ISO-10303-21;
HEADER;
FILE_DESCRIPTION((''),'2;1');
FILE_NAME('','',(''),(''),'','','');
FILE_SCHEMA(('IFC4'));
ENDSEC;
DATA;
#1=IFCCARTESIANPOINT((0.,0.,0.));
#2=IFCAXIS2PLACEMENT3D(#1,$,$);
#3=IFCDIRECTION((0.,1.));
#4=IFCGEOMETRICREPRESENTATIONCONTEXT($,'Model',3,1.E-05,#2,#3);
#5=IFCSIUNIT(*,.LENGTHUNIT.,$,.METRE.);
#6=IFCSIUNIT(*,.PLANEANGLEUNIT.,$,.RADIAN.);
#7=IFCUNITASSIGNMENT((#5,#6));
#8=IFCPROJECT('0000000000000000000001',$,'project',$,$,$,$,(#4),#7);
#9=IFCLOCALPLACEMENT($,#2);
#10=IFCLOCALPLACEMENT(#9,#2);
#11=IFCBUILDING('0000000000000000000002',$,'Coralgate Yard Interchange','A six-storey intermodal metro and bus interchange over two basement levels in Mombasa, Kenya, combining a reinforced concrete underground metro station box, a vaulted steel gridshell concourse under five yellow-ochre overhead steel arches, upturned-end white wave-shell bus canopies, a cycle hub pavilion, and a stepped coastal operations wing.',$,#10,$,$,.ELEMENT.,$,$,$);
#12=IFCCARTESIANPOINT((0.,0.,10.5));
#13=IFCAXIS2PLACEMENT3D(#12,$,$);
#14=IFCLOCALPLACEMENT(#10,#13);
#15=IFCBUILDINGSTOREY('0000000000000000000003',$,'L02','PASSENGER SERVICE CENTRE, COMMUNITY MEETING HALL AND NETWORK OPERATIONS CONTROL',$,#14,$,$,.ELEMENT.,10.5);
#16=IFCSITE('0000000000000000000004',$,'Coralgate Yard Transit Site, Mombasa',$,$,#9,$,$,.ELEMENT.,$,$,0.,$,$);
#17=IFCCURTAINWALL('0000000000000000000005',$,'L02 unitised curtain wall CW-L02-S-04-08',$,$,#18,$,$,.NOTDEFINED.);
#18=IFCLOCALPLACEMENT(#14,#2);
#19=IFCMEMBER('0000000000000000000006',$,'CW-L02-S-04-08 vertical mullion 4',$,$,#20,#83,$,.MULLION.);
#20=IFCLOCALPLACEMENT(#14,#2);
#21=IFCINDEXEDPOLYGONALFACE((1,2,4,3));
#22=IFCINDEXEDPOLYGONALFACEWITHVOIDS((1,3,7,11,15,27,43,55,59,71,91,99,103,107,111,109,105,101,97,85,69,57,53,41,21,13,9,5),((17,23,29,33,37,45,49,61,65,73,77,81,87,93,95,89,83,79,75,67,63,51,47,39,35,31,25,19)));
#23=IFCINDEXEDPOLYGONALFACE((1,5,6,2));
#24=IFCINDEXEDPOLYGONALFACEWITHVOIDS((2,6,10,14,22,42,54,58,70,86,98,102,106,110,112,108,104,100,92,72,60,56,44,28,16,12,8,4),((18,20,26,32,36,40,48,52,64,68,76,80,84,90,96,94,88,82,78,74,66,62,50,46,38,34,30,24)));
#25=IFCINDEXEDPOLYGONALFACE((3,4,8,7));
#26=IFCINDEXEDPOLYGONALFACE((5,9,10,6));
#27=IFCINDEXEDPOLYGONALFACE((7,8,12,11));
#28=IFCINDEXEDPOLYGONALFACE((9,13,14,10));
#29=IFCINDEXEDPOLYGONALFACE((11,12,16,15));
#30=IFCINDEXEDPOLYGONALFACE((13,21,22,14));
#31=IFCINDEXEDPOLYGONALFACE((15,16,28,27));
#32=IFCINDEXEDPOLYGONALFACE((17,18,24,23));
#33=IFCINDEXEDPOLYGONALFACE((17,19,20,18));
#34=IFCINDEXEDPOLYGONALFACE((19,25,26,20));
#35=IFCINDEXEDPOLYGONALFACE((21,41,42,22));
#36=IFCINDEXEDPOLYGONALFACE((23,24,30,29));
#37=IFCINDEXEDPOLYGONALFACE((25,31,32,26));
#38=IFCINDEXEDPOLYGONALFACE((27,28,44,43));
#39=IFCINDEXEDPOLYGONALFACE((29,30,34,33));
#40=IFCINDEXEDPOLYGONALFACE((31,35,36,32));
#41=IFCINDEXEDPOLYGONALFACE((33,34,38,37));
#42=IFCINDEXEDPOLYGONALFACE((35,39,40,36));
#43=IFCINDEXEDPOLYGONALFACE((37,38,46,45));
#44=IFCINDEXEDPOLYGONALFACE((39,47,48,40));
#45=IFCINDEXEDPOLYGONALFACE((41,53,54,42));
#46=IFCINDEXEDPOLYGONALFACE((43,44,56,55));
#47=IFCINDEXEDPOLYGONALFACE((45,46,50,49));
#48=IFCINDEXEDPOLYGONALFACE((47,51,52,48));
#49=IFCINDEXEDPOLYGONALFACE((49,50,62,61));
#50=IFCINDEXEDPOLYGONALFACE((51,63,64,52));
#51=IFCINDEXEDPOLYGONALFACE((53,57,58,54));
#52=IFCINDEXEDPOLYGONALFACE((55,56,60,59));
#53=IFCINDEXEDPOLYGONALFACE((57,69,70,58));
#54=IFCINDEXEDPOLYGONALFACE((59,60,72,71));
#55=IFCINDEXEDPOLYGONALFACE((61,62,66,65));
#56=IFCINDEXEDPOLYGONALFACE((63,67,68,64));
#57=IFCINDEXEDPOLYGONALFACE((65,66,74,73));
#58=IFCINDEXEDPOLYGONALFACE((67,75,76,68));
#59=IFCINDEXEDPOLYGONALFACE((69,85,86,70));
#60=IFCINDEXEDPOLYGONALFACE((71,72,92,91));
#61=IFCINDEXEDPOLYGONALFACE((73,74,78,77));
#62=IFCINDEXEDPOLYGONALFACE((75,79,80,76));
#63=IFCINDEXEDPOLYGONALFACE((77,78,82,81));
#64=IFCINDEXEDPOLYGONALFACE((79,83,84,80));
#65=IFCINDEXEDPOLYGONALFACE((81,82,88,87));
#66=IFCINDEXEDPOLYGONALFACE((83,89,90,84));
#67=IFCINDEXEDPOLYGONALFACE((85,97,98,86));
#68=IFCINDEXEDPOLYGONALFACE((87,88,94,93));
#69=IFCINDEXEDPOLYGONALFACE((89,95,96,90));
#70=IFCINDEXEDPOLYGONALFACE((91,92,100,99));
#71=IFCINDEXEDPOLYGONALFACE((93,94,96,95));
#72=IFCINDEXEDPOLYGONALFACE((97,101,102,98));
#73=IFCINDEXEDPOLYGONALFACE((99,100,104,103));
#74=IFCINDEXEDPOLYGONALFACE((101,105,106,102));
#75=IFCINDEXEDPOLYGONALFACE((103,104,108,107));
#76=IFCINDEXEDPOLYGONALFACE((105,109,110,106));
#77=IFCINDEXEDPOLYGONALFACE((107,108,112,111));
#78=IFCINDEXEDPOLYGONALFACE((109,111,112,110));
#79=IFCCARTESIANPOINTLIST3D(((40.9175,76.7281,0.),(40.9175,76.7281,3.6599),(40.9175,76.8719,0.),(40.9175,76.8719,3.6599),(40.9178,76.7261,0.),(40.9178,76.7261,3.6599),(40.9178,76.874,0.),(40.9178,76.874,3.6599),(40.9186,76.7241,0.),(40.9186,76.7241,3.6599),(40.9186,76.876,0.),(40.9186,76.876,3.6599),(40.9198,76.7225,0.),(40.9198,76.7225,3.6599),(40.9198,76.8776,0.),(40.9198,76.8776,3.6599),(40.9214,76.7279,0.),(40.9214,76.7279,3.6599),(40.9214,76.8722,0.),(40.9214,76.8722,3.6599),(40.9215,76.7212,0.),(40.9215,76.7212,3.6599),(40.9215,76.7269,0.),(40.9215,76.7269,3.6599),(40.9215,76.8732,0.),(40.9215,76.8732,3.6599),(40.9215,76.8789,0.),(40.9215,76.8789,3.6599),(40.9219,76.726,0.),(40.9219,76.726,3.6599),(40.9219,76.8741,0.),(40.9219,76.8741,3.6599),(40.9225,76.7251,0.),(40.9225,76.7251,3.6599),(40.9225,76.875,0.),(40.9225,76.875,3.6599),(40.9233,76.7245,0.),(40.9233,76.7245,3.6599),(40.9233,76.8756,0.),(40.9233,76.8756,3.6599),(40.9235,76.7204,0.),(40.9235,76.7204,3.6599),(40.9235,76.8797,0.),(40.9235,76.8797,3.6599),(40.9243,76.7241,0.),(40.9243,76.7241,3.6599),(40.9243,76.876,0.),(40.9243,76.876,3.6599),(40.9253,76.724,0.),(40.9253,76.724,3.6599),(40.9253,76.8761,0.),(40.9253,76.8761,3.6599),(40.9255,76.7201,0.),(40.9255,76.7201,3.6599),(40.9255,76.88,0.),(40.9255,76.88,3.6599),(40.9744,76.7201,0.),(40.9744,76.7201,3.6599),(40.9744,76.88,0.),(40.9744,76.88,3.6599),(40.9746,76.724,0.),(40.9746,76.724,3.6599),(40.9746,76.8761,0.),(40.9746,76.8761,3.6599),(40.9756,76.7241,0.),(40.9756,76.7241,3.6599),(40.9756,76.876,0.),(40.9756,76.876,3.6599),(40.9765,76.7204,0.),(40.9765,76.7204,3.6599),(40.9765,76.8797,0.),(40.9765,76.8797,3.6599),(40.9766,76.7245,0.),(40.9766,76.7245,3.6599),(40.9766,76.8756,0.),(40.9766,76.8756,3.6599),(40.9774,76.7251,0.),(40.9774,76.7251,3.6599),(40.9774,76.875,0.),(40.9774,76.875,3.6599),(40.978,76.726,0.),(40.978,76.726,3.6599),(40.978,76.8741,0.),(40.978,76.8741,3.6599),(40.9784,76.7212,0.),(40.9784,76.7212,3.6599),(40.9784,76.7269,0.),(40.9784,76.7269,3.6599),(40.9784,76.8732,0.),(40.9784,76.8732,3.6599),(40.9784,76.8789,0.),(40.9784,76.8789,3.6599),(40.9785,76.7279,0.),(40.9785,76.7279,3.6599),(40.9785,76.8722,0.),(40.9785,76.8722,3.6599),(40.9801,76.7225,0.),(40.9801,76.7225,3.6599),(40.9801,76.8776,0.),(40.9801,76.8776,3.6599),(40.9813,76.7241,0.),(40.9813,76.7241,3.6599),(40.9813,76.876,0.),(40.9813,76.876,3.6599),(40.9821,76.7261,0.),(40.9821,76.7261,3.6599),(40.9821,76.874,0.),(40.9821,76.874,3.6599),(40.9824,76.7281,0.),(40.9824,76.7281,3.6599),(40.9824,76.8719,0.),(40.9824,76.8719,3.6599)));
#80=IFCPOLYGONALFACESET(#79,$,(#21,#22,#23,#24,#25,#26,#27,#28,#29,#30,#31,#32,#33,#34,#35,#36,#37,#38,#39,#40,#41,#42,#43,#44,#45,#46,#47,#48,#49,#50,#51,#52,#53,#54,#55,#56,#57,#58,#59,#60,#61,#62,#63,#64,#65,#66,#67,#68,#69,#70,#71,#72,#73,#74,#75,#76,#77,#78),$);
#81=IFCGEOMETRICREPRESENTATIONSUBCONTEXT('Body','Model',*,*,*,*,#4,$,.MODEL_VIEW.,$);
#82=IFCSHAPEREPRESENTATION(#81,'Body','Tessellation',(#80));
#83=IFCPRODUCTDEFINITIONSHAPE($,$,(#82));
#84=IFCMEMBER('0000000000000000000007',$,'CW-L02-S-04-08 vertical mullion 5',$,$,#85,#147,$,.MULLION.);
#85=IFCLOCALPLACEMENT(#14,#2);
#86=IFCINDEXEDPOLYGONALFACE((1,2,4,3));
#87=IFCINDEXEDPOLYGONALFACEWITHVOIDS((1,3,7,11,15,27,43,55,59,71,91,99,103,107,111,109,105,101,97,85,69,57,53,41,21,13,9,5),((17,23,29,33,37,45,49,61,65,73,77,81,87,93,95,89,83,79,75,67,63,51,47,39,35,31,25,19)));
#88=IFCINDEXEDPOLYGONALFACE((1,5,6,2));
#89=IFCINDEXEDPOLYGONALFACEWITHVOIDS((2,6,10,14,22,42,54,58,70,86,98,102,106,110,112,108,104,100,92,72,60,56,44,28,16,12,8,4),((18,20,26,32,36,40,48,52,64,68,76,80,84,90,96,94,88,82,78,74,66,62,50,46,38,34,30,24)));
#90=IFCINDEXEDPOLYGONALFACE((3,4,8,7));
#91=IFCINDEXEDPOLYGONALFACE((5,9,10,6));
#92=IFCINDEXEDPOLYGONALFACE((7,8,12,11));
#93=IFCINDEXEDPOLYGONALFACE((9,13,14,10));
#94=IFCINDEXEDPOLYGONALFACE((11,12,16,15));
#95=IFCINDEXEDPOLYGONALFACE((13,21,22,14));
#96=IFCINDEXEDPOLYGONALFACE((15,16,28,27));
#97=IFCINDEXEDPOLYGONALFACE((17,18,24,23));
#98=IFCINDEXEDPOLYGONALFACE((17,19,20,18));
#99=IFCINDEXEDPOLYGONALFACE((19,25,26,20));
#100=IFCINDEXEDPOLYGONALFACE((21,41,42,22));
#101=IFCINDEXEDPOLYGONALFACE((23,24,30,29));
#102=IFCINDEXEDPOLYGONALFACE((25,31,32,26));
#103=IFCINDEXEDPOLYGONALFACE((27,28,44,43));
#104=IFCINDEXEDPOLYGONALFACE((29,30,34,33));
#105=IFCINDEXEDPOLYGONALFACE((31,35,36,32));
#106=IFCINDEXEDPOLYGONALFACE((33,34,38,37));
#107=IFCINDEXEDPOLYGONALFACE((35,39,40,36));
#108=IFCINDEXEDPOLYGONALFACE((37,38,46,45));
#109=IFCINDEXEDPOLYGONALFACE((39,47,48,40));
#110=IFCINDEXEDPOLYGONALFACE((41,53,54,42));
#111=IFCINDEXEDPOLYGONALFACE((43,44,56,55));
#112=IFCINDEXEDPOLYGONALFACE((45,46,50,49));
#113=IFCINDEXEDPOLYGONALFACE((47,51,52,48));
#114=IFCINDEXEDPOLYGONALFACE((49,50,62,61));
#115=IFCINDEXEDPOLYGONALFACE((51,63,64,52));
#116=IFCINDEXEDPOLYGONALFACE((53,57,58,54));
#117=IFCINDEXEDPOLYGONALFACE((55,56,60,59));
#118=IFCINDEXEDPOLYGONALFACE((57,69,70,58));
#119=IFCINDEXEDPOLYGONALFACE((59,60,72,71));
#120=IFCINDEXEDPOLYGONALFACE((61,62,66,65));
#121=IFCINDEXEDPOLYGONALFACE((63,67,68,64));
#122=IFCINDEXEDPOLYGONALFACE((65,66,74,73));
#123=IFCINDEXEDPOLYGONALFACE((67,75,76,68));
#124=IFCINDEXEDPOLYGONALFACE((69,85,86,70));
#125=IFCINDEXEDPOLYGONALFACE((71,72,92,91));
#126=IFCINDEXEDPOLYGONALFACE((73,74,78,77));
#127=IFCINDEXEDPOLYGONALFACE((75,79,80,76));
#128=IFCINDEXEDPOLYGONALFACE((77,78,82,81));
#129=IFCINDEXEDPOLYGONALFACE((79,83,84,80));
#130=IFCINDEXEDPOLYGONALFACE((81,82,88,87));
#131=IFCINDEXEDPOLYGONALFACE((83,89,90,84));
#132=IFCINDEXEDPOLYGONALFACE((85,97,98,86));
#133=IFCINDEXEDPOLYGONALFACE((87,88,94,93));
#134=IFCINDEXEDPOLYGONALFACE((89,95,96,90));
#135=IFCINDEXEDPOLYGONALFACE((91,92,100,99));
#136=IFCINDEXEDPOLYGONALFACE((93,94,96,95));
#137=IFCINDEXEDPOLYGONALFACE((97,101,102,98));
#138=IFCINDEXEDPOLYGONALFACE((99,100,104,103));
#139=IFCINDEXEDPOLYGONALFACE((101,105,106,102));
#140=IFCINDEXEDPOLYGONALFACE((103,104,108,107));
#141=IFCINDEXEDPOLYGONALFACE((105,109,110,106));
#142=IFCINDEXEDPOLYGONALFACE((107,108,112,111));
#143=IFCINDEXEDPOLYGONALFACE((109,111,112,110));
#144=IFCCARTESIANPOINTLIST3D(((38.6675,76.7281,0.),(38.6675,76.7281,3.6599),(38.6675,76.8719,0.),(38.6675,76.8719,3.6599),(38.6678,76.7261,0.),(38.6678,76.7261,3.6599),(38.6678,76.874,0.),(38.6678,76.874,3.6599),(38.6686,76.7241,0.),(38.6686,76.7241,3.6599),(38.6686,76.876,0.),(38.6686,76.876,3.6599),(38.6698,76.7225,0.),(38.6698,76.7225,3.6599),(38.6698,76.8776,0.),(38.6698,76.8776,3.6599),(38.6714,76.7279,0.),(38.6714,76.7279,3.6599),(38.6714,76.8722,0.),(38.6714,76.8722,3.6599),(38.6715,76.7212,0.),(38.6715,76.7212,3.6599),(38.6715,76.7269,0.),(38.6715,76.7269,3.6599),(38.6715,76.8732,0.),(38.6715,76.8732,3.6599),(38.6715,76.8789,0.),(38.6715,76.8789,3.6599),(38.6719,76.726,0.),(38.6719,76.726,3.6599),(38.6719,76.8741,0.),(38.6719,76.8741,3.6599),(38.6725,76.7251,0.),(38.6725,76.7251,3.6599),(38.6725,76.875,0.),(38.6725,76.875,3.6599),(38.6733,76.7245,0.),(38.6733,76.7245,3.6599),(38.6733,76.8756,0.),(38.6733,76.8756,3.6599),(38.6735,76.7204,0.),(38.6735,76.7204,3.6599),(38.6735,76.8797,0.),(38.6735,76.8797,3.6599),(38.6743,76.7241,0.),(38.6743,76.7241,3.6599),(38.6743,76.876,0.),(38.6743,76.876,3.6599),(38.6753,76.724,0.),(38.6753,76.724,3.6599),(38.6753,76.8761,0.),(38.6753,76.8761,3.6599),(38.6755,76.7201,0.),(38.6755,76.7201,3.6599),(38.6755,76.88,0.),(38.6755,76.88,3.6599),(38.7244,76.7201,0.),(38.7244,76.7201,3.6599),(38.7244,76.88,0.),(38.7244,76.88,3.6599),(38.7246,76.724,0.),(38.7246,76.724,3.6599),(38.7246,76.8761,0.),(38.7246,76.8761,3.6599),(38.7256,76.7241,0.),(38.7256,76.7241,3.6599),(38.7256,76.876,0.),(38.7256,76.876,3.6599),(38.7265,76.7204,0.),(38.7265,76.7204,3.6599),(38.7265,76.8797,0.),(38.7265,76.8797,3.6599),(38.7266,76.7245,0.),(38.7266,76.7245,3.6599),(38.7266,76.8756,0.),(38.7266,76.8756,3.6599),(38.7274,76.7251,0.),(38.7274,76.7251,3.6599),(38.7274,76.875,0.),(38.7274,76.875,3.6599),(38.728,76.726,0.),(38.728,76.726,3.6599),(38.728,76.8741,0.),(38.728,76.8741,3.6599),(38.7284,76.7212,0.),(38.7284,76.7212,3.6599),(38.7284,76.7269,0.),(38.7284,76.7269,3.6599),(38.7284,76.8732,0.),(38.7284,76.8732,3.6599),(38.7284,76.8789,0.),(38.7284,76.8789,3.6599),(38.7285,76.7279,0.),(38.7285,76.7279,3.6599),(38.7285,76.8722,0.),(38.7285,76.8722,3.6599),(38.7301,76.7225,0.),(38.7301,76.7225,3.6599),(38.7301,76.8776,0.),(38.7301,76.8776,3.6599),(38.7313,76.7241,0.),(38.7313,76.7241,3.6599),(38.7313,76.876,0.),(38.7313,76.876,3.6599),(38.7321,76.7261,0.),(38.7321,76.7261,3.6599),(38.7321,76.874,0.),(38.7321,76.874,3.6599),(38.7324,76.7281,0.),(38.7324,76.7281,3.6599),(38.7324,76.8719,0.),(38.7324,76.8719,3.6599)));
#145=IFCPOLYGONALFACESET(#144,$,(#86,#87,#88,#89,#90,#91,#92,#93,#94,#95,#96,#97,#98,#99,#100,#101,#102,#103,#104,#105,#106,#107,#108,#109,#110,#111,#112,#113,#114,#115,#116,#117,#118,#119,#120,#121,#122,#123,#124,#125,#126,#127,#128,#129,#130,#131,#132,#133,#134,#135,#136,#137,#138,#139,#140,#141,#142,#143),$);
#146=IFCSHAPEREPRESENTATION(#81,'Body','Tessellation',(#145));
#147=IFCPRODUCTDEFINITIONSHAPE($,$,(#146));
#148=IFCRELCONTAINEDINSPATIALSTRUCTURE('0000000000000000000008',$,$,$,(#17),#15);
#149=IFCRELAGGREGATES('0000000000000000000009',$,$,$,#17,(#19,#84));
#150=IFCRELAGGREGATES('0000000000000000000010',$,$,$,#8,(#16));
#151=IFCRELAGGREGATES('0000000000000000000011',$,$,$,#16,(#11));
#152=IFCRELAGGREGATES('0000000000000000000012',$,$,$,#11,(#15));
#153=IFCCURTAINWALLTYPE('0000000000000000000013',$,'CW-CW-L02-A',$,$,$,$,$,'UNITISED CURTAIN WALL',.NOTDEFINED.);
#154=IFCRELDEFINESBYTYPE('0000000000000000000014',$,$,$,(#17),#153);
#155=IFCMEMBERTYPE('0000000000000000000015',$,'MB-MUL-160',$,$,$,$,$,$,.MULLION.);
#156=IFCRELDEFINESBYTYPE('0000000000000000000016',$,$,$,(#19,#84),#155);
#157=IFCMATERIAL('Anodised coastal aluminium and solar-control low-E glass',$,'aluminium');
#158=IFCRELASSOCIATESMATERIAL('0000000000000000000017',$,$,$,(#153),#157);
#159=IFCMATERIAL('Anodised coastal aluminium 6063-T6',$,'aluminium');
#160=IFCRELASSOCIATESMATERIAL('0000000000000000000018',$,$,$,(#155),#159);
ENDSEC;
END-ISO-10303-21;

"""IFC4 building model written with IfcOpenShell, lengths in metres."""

from ifc_helpers import new_model, si_unit, direction, frame, origin, origin_2d, place, context, subcontext, project, spatial, hollow_rectangle, extrude, material, material_profile, profile_set, type_object, element, aggregate, save


model = new_model("IFC4")

# Units and contexts
model_context = context("Model", 3, precision=1e-05, world=origin(), true_north=direction((0.0, 1.0)))
body_context = subcontext(model_context, "Body", "Model", "MODEL_VIEW")
ifc_project = project(units=[si_unit("LENGTHUNIT", "METRE"), si_unit("PLANEANGLEUNIT", "RADIAN")], contexts=[model_context])

# Site, building, storey
site_placement = place(None, origin())
site = spatial("IfcSite", under=ifc_project, at=site_placement, Name="Coralgate Yard Transit Site, Mombasa", CompositionType="ELEMENT", RefElevation=0.0)
building_placement = place(site_placement, origin())
building = spatial("IfcBuilding", under=site, at=building_placement, Name="Coralgate Yard Interchange", Description="A six-storey intermodal metro and bus interchange over two basement levels in Mombasa, Kenya, combining a reinforced concrete underground metro station box, a vaulted steel gridshell concourse under five yellow-ochre overhead steel arches, upturned-end white wave-shell bus canopies, a cycle hub pavilion, and a stepped coastal operations wing.", CompositionType="ELEMENT")
storey_placement = place(building_placement, frame((0.0, 0.0, 10.5)))
storey = spatial("IfcBuildingStorey", under=building, at=storey_placement, Name="L02", Description="PASSENGER SERVICE CENTRE, COMMUNITY MEETING HALL AND NETWORK OPERATIONS CONTROL", CompositionType="ELEMENT", Elevation=10.5)

# Curtain wall, members
ifc_material_1 = material(Name="Anodised coastal aluminium and solar-control low-E glass", Category="aluminium")
curtain_wall_type_1 = type_object("IfcCurtainWallType", Name="CW-CW-L02-A", ElementType="UNITISED CURTAIN WALL", PredefinedType="NOTDEFINED", material=ifc_material_1)
curtain_wall_1_placement = place(storey_placement, origin())
curtain_wall_1 = element("IfcCurtainWall", 1, at=curtain_wall_1_placement, inside=storey, type_object=curtain_wall_type_1, Name="L02 unitised curtain wall CW-L02-S-04-08", PredefinedType="NOTDEFINED")
ifc_material_2 = material(Name="Anodised coastal aluminium 6063-T6", Category="aluminium")
ifc_material_profile_1 = material_profile(ifc_material_2, hollow_rectangle(XDim=0.0649, YDim=0.1599, WallThickness=0.0039, InnerFilletRadius=0.0039, OuterFilletRadius=0.0081, at=origin_2d()), Name="ALU 65x160x4")
ifc_profile_set_1 = profile_set([ifc_material_profile_1], Name="Anodised coastal aluminium 6063-T6")
member_type_1 = type_object("IfcMemberType", Name="MB-MUL-160", PredefinedType="MULLION", material=ifc_profile_set_1)
member_1_placement = place(storey_placement, frame((40.95, 76.8, 0.0), z_axis=(0.0, 0.0, 1.0), x_axis=(1.0, 0.0, 0.0)))
member_1 = element("IfcMember", 2, at=member_1_placement, type_object=member_type_1, Name="CW-L02-S-04-08 vertical mullion 4", PredefinedType="MULLION", context=body_context, shape_type="SweptSolid", body=[
    extrude(hollow_rectangle(XDim=0.0649, YDim=0.1599, WallThickness=0.0039, InnerFilletRadius=0.0039, OuterFilletRadius=0.0081, at=origin_2d()), origin(), (0.0, 0.0, 1.0), 3.6599),
])
member_2_placement = place(storey_placement, frame((38.7, 76.8, 0.0), z_axis=(0.0, 0.0, 1.0), x_axis=(1.0, 0.0, 0.0)))
member_2 = element("IfcMember", 3, at=member_2_placement, type_object=member_type_1, Name="CW-L02-S-04-08 vertical mullion 5", PredefinedType="MULLION", context=body_context, shape_type="SweptSolid", body=[
    extrude(hollow_rectangle(XDim=0.0649, YDim=0.1599, WallThickness=0.0039, InnerFilletRadius=0.0039, OuterFilletRadius=0.0081, at=origin_2d()), origin(), (0.0, 0.0, 1.0), 3.6599),
])

aggregate(curtain_wall_1, [member_1, member_2])

save(model, "model.ifc")
